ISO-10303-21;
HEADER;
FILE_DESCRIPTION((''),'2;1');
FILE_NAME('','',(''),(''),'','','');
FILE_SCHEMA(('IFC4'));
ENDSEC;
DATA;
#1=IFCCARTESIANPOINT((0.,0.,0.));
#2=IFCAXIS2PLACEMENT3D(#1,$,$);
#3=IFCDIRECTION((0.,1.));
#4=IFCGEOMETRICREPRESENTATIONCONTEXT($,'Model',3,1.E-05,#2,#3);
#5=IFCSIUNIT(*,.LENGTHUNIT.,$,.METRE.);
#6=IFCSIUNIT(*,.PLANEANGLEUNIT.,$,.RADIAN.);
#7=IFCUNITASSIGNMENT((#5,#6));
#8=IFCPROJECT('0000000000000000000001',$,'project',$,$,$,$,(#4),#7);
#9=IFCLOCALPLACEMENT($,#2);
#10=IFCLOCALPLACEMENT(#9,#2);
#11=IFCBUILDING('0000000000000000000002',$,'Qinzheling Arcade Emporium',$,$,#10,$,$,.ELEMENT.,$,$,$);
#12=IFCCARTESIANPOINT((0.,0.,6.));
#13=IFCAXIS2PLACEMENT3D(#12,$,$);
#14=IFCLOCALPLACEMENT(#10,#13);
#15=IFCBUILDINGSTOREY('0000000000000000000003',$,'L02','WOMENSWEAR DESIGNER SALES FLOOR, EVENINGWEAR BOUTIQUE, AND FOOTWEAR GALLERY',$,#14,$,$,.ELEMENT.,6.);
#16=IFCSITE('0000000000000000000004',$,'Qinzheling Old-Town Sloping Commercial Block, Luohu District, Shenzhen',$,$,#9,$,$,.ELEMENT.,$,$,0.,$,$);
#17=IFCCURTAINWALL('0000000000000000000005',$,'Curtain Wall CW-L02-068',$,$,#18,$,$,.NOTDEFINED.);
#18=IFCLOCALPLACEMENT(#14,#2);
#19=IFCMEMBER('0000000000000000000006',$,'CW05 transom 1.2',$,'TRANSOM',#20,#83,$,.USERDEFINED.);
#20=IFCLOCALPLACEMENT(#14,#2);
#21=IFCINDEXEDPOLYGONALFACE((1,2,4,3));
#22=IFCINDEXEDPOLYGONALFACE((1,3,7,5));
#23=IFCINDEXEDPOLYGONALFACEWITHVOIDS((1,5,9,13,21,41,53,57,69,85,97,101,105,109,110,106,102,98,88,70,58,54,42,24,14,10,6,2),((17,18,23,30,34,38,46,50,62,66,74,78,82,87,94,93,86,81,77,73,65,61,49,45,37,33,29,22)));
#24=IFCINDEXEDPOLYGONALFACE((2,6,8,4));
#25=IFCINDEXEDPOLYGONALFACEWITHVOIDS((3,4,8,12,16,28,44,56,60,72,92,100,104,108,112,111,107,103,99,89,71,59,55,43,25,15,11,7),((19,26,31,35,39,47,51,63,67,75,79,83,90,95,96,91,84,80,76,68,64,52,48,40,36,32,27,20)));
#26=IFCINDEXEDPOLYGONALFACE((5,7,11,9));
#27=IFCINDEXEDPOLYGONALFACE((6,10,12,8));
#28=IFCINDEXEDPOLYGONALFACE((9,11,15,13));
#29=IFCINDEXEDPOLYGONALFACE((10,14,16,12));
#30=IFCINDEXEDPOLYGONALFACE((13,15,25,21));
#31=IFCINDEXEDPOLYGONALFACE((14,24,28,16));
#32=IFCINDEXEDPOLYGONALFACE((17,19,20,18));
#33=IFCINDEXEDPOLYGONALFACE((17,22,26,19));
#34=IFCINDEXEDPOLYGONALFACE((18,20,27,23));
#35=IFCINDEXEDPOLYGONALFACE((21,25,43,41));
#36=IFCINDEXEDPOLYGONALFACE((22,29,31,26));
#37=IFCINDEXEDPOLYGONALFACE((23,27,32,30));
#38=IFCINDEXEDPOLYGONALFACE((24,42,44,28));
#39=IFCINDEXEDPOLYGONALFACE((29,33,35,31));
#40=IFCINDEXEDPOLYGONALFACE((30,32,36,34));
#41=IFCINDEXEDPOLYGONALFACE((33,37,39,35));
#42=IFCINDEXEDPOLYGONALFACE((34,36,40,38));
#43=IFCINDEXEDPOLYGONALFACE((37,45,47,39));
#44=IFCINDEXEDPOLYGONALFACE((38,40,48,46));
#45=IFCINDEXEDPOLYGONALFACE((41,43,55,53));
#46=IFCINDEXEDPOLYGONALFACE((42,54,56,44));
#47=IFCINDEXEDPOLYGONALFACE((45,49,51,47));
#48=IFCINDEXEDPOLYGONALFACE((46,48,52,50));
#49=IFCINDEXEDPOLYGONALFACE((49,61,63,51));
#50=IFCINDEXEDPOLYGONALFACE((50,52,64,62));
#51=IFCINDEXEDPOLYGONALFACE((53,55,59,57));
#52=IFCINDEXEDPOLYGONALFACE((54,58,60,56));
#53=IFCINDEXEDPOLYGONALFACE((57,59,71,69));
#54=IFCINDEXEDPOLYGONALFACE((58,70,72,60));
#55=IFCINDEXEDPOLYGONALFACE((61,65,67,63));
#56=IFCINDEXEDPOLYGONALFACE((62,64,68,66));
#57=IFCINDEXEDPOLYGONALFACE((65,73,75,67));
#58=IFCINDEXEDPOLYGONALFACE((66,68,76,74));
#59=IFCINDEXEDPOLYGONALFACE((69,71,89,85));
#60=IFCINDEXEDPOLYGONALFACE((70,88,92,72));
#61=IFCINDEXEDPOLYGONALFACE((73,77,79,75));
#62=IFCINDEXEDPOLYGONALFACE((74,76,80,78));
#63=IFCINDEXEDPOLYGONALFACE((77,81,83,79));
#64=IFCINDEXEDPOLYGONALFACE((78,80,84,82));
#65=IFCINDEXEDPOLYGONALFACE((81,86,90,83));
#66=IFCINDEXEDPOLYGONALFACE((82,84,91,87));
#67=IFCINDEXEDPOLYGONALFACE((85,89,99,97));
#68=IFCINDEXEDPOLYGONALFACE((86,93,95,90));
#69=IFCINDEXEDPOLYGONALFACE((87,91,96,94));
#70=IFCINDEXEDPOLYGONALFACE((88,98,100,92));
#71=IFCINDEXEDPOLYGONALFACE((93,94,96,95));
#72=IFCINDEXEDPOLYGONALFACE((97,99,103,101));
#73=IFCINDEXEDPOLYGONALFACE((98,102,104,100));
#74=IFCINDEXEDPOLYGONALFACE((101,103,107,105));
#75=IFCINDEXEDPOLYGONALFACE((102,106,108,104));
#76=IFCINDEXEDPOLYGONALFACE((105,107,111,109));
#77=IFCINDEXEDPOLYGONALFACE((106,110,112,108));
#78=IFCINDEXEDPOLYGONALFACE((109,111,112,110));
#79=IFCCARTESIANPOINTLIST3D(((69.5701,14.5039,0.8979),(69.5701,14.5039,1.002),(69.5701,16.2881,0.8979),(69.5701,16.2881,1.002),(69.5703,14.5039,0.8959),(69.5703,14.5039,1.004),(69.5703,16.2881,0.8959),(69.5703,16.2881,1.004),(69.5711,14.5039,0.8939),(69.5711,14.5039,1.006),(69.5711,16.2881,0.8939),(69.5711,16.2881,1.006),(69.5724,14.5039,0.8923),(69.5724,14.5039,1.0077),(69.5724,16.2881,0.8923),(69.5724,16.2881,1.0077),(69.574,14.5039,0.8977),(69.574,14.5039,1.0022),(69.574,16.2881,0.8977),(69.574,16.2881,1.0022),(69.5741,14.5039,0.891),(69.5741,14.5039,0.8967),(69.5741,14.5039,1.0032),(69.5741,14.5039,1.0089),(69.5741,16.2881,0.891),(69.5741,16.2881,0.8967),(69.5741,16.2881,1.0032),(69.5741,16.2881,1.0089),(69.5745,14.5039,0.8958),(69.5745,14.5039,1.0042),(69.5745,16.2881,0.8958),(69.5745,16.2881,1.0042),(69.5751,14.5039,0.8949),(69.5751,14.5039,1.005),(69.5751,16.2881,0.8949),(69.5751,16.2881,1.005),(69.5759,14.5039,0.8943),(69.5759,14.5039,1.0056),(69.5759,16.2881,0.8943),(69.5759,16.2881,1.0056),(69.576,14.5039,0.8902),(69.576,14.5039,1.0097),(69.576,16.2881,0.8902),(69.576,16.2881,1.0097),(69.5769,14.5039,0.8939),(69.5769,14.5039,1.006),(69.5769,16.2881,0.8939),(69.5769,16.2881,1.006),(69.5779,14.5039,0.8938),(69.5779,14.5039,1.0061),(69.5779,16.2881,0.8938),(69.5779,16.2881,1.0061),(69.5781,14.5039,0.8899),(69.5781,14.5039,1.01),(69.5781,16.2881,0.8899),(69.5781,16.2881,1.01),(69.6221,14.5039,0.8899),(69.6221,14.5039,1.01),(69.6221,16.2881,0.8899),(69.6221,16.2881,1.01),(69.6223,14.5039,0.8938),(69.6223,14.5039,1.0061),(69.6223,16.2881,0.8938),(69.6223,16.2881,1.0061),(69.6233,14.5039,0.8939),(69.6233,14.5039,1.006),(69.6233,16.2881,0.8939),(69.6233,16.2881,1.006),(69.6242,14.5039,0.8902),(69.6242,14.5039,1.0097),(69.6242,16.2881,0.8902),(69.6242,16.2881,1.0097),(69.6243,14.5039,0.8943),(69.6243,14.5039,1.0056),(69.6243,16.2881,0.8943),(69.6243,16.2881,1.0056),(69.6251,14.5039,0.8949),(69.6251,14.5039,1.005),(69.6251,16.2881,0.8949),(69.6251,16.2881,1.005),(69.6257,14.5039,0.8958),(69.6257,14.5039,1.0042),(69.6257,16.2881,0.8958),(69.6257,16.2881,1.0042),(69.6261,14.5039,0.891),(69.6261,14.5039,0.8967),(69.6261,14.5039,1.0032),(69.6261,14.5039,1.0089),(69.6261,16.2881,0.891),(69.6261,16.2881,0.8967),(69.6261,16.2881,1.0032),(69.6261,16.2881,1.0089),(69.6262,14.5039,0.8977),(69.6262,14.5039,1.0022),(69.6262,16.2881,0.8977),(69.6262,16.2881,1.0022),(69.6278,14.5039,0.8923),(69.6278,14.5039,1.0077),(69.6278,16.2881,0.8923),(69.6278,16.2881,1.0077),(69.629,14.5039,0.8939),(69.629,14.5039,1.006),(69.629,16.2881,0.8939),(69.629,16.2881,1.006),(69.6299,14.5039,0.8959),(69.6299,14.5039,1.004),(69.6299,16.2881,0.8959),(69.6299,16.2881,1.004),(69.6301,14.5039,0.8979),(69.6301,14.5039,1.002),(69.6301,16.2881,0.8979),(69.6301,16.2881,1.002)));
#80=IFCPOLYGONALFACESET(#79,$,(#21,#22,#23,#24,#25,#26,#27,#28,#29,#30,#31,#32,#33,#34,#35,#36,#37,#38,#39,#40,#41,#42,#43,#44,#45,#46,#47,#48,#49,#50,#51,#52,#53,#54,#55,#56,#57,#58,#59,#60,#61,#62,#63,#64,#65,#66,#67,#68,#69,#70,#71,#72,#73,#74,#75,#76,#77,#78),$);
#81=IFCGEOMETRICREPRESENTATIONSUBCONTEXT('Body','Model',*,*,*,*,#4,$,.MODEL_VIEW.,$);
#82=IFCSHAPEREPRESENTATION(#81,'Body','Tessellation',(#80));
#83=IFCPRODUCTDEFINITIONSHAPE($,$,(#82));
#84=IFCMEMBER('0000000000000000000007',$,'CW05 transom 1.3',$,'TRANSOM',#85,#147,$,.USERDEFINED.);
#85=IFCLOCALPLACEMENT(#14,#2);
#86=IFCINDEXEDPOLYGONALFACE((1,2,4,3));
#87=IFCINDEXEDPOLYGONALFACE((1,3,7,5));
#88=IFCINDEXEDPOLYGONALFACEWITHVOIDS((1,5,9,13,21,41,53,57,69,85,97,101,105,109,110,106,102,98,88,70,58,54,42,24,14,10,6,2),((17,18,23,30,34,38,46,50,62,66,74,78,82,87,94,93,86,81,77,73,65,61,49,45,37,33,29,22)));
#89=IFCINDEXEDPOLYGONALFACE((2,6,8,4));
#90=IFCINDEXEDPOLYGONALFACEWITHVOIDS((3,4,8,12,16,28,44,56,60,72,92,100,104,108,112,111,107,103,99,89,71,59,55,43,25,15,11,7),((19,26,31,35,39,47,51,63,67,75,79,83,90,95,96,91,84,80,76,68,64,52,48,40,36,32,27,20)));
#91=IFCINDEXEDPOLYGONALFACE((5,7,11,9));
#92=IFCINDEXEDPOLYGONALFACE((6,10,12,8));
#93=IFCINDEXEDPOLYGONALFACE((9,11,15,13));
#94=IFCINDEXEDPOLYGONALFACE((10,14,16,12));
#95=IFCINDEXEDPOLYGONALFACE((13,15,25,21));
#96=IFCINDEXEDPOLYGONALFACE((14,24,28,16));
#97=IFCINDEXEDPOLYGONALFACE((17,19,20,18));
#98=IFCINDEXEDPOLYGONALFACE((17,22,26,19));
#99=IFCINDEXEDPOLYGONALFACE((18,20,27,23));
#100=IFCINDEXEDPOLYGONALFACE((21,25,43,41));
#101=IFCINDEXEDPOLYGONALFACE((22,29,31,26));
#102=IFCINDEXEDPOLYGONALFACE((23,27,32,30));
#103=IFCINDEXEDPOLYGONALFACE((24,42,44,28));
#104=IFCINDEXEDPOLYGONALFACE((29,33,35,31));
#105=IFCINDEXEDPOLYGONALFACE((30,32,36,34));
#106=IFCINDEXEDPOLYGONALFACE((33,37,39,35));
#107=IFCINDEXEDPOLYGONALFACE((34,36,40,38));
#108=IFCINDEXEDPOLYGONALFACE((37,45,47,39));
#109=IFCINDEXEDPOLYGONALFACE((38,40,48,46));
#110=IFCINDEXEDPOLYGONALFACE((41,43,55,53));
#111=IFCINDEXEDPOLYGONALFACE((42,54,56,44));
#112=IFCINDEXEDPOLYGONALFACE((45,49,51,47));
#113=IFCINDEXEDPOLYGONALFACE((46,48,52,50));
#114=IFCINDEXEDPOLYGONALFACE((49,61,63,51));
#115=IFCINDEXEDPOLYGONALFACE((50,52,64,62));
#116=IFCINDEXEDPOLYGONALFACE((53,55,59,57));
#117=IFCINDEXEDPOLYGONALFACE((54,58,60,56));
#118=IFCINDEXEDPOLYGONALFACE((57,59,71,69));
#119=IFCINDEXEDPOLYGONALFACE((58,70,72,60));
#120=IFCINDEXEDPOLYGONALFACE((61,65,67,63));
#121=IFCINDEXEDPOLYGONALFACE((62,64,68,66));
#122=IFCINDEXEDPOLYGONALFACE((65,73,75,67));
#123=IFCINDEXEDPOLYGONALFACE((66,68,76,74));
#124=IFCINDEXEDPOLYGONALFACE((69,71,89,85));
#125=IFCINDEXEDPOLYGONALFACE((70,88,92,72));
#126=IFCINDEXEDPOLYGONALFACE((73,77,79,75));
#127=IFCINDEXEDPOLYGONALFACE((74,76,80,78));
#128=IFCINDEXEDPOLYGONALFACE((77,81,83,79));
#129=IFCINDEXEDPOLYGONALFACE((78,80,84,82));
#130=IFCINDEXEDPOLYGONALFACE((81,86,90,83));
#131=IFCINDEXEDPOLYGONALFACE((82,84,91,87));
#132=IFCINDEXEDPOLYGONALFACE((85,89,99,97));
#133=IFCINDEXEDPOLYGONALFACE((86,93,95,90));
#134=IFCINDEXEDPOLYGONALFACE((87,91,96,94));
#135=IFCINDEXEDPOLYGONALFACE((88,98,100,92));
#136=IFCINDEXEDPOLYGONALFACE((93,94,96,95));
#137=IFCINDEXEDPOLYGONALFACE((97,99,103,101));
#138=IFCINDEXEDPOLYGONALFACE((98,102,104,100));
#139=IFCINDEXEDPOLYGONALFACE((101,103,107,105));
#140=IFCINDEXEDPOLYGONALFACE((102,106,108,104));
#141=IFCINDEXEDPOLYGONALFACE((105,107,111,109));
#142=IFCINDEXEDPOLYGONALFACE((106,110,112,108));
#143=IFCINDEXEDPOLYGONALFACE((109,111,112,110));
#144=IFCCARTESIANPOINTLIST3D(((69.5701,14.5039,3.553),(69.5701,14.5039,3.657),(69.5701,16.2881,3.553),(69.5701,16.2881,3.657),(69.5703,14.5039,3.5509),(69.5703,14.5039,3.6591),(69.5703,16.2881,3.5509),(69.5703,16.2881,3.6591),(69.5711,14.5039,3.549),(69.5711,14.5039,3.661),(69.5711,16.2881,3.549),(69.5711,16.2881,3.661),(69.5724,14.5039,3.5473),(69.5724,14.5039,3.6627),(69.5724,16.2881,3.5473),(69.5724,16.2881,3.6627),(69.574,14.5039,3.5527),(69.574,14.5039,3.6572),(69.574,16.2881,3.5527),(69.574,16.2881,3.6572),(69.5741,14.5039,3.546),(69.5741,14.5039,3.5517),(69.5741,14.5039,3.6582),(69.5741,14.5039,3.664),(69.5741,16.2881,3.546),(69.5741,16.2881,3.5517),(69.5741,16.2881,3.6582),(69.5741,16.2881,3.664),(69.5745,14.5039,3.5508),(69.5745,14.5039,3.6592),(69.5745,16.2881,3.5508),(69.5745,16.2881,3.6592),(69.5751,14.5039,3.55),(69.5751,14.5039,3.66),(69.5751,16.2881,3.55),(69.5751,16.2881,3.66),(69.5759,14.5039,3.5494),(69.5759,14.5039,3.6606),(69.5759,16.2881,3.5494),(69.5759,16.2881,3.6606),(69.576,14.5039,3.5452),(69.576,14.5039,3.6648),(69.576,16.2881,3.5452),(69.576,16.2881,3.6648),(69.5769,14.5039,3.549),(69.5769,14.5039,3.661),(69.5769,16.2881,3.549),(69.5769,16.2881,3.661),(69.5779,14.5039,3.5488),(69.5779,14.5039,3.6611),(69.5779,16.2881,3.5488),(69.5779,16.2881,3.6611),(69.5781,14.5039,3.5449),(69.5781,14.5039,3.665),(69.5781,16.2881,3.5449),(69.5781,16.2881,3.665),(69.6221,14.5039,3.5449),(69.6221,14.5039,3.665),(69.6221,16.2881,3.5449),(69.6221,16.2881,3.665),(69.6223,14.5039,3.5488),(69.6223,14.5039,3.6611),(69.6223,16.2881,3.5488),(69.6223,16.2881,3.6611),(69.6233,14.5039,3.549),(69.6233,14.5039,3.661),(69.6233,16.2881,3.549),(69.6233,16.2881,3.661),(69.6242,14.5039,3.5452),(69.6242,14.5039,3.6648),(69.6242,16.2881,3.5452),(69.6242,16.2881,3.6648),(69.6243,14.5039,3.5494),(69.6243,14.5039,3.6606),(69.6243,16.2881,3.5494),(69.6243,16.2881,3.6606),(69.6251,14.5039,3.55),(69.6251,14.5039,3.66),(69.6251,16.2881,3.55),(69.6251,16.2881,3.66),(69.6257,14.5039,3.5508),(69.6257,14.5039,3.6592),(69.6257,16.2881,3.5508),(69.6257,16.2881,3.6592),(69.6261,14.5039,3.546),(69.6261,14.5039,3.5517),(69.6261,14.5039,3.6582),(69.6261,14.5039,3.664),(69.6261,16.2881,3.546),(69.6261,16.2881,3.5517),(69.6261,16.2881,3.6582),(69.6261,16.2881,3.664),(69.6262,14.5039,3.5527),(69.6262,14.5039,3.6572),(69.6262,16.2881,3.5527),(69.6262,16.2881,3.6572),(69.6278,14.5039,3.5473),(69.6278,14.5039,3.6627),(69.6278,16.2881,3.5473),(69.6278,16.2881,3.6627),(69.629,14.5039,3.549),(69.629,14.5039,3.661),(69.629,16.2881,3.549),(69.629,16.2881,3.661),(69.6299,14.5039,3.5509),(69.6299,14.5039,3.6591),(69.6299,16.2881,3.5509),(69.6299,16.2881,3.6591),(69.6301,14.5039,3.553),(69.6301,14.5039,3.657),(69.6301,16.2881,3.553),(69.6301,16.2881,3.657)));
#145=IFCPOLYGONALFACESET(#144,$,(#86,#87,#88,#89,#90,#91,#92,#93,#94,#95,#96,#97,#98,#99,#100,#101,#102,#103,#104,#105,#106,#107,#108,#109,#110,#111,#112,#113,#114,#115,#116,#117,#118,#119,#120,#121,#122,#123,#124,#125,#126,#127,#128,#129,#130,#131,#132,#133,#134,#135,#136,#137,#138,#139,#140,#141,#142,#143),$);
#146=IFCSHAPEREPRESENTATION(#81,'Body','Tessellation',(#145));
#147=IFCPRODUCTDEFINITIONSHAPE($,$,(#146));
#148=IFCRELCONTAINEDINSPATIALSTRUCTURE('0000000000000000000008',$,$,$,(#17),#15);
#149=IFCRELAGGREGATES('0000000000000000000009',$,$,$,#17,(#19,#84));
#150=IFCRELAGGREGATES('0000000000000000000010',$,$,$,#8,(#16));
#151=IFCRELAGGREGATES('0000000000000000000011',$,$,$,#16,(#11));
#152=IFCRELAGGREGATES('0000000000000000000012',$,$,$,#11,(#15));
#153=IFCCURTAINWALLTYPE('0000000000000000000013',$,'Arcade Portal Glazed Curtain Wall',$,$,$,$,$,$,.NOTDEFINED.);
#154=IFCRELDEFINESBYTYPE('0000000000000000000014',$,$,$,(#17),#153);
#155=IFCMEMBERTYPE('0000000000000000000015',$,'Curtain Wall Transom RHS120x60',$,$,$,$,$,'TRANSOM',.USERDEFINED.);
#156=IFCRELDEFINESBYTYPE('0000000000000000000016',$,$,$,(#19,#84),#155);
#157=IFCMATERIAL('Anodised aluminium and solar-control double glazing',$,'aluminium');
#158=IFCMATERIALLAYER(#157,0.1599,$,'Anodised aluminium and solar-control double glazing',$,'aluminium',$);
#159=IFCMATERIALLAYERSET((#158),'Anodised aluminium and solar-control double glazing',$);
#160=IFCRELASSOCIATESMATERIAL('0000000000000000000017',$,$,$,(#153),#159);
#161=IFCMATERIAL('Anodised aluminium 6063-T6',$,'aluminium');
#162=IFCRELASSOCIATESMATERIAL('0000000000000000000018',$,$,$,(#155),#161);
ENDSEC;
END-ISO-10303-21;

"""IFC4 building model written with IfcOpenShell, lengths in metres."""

from ifc_helpers import new_model, si_unit, direction, frame, origin, origin_2d, place, context, subcontext, project, spatial, hollow_rectangle, extrude, material, layer, layer_set, material_profile, profile_set, type_object, element, aggregate, save


model = new_model("IFC4")

# Units and contexts
model_context = context("Model", 3, precision=1e-05, world=origin(), true_north=direction((0.0, 1.0)))
body_context = subcontext(model_context, "Body", "Model", "MODEL_VIEW")
ifc_project = project(units=[si_unit("LENGTHUNIT", "METRE"), si_unit("PLANEANGLEUNIT", "RADIAN")], contexts=[model_context])

# Site, building, storey
site_placement = place(None, origin())
site = spatial("IfcSite", under=ifc_project, at=site_placement, Name="Qinzheling Old-Town Sloping Commercial Block, Luohu District, Shenzhen", CompositionType="ELEMENT", RefElevation=0.0)
building_placement = place(site_placement, origin())
building = spatial("IfcBuilding", under=site, at=building_placement, Name="Qinzheling Arcade Emporium", CompositionType="ELEMENT")
storey_placement = place(building_placement, frame((0.0, 0.0, 6.0)))
storey = spatial("IfcBuildingStorey", under=building, at=storey_placement, Name="L02", Description="WOMENSWEAR DESIGNER SALES FLOOR, EVENINGWEAR BOUTIQUE, AND FOOTWEAR GALLERY", CompositionType="ELEMENT", Elevation=6.0)

# Shared definitions
ifc_material_1 = material(Name="Anodised aluminium and solar-control double glazing", Category="aluminium")
ifc_layer_1 = layer(ifc_material_1, 0.1599, Name="Anodised aluminium and solar-control double glazing", Category="aluminium")
ifc_layer_set_1 = layer_set([ifc_layer_1], Name="Anodised aluminium and solar-control double glazing")
curtain_wall_type = type_object("IfcCurtainWallType", Name="Arcade Portal Glazed Curtain Wall", PredefinedType="NOTDEFINED", material=ifc_layer_set_1)
ifc_material_2 = material(Name="Anodised aluminium 6063-T6", Category="aluminium")

# Curtain wall
curtain_wall_1_placement = place(storey_placement, origin())
curtain_wall_1 = element("IfcCurtainWall", 1, at=curtain_wall_1_placement, inside=storey, type_object=curtain_wall_type, Name="Curtain Wall CW-L02-068", PredefinedType="NOTDEFINED")

# Members
ifc_material_profile_1 = material_profile(ifc_material_2, hollow_rectangle(XDim=0.0601, YDim=0.1201, WallThickness=0.0039, InnerFilletRadius=0.0039, OuterFilletRadius=0.0081, at=origin_2d()), Name="RHS 120x60x4", Category="aluminium")
ifc_profile_set_1 = profile_set([ifc_material_profile_1], Name="Anodised aluminium 6063-T6")
member_type_1 = type_object("IfcMemberType", Name="Curtain Wall Transom RHS120x60", ElementType="TRANSOM", PredefinedType="USERDEFINED", material=ifc_profile_set_1)
member_1_placement = place(storey_placement, frame((69.6001, 16.2881, 0.95), z_axis=(0.0, -1.0, 0.0), x_axis=(1.0, 0.0, 0.0)))
member_1 = element("IfcMember", 2, at=member_1_placement, type_object=member_type_1, Name="CW05 transom 1.2", ObjectType="TRANSOM", PredefinedType="USERDEFINED", context=body_context, shape_type="SweptSolid", body=[
    extrude(hollow_rectangle(XDim=0.0601, YDim=0.1201, WallThickness=0.0039, InnerFilletRadius=0.0039, OuterFilletRadius=0.0081, at=origin_2d()), origin(), (0.0, 0.0, 1.0), 1.7842),
])
member_2_placement = place(storey_placement, frame((69.6001, 16.2881, 3.605), z_axis=(0.0, -1.0, 0.0), x_axis=(1.0, 0.0, 0.0)))
member_2 = element("IfcMember", 3, at=member_2_placement, type_object=member_type_1, Name="CW05 transom 1.3", ObjectType="TRANSOM", PredefinedType="USERDEFINED", context=body_context, shape_type="SweptSolid", body=[
    extrude(hollow_rectangle(XDim=0.0601, YDim=0.1201, WallThickness=0.0039, InnerFilletRadius=0.0039, OuterFilletRadius=0.0081, at=origin_2d()), origin(), (0.0, 0.0, 1.0), 1.7842),
])

aggregate(curtain_wall_1, [member_1, member_2])

save(model, "model.ifc")
